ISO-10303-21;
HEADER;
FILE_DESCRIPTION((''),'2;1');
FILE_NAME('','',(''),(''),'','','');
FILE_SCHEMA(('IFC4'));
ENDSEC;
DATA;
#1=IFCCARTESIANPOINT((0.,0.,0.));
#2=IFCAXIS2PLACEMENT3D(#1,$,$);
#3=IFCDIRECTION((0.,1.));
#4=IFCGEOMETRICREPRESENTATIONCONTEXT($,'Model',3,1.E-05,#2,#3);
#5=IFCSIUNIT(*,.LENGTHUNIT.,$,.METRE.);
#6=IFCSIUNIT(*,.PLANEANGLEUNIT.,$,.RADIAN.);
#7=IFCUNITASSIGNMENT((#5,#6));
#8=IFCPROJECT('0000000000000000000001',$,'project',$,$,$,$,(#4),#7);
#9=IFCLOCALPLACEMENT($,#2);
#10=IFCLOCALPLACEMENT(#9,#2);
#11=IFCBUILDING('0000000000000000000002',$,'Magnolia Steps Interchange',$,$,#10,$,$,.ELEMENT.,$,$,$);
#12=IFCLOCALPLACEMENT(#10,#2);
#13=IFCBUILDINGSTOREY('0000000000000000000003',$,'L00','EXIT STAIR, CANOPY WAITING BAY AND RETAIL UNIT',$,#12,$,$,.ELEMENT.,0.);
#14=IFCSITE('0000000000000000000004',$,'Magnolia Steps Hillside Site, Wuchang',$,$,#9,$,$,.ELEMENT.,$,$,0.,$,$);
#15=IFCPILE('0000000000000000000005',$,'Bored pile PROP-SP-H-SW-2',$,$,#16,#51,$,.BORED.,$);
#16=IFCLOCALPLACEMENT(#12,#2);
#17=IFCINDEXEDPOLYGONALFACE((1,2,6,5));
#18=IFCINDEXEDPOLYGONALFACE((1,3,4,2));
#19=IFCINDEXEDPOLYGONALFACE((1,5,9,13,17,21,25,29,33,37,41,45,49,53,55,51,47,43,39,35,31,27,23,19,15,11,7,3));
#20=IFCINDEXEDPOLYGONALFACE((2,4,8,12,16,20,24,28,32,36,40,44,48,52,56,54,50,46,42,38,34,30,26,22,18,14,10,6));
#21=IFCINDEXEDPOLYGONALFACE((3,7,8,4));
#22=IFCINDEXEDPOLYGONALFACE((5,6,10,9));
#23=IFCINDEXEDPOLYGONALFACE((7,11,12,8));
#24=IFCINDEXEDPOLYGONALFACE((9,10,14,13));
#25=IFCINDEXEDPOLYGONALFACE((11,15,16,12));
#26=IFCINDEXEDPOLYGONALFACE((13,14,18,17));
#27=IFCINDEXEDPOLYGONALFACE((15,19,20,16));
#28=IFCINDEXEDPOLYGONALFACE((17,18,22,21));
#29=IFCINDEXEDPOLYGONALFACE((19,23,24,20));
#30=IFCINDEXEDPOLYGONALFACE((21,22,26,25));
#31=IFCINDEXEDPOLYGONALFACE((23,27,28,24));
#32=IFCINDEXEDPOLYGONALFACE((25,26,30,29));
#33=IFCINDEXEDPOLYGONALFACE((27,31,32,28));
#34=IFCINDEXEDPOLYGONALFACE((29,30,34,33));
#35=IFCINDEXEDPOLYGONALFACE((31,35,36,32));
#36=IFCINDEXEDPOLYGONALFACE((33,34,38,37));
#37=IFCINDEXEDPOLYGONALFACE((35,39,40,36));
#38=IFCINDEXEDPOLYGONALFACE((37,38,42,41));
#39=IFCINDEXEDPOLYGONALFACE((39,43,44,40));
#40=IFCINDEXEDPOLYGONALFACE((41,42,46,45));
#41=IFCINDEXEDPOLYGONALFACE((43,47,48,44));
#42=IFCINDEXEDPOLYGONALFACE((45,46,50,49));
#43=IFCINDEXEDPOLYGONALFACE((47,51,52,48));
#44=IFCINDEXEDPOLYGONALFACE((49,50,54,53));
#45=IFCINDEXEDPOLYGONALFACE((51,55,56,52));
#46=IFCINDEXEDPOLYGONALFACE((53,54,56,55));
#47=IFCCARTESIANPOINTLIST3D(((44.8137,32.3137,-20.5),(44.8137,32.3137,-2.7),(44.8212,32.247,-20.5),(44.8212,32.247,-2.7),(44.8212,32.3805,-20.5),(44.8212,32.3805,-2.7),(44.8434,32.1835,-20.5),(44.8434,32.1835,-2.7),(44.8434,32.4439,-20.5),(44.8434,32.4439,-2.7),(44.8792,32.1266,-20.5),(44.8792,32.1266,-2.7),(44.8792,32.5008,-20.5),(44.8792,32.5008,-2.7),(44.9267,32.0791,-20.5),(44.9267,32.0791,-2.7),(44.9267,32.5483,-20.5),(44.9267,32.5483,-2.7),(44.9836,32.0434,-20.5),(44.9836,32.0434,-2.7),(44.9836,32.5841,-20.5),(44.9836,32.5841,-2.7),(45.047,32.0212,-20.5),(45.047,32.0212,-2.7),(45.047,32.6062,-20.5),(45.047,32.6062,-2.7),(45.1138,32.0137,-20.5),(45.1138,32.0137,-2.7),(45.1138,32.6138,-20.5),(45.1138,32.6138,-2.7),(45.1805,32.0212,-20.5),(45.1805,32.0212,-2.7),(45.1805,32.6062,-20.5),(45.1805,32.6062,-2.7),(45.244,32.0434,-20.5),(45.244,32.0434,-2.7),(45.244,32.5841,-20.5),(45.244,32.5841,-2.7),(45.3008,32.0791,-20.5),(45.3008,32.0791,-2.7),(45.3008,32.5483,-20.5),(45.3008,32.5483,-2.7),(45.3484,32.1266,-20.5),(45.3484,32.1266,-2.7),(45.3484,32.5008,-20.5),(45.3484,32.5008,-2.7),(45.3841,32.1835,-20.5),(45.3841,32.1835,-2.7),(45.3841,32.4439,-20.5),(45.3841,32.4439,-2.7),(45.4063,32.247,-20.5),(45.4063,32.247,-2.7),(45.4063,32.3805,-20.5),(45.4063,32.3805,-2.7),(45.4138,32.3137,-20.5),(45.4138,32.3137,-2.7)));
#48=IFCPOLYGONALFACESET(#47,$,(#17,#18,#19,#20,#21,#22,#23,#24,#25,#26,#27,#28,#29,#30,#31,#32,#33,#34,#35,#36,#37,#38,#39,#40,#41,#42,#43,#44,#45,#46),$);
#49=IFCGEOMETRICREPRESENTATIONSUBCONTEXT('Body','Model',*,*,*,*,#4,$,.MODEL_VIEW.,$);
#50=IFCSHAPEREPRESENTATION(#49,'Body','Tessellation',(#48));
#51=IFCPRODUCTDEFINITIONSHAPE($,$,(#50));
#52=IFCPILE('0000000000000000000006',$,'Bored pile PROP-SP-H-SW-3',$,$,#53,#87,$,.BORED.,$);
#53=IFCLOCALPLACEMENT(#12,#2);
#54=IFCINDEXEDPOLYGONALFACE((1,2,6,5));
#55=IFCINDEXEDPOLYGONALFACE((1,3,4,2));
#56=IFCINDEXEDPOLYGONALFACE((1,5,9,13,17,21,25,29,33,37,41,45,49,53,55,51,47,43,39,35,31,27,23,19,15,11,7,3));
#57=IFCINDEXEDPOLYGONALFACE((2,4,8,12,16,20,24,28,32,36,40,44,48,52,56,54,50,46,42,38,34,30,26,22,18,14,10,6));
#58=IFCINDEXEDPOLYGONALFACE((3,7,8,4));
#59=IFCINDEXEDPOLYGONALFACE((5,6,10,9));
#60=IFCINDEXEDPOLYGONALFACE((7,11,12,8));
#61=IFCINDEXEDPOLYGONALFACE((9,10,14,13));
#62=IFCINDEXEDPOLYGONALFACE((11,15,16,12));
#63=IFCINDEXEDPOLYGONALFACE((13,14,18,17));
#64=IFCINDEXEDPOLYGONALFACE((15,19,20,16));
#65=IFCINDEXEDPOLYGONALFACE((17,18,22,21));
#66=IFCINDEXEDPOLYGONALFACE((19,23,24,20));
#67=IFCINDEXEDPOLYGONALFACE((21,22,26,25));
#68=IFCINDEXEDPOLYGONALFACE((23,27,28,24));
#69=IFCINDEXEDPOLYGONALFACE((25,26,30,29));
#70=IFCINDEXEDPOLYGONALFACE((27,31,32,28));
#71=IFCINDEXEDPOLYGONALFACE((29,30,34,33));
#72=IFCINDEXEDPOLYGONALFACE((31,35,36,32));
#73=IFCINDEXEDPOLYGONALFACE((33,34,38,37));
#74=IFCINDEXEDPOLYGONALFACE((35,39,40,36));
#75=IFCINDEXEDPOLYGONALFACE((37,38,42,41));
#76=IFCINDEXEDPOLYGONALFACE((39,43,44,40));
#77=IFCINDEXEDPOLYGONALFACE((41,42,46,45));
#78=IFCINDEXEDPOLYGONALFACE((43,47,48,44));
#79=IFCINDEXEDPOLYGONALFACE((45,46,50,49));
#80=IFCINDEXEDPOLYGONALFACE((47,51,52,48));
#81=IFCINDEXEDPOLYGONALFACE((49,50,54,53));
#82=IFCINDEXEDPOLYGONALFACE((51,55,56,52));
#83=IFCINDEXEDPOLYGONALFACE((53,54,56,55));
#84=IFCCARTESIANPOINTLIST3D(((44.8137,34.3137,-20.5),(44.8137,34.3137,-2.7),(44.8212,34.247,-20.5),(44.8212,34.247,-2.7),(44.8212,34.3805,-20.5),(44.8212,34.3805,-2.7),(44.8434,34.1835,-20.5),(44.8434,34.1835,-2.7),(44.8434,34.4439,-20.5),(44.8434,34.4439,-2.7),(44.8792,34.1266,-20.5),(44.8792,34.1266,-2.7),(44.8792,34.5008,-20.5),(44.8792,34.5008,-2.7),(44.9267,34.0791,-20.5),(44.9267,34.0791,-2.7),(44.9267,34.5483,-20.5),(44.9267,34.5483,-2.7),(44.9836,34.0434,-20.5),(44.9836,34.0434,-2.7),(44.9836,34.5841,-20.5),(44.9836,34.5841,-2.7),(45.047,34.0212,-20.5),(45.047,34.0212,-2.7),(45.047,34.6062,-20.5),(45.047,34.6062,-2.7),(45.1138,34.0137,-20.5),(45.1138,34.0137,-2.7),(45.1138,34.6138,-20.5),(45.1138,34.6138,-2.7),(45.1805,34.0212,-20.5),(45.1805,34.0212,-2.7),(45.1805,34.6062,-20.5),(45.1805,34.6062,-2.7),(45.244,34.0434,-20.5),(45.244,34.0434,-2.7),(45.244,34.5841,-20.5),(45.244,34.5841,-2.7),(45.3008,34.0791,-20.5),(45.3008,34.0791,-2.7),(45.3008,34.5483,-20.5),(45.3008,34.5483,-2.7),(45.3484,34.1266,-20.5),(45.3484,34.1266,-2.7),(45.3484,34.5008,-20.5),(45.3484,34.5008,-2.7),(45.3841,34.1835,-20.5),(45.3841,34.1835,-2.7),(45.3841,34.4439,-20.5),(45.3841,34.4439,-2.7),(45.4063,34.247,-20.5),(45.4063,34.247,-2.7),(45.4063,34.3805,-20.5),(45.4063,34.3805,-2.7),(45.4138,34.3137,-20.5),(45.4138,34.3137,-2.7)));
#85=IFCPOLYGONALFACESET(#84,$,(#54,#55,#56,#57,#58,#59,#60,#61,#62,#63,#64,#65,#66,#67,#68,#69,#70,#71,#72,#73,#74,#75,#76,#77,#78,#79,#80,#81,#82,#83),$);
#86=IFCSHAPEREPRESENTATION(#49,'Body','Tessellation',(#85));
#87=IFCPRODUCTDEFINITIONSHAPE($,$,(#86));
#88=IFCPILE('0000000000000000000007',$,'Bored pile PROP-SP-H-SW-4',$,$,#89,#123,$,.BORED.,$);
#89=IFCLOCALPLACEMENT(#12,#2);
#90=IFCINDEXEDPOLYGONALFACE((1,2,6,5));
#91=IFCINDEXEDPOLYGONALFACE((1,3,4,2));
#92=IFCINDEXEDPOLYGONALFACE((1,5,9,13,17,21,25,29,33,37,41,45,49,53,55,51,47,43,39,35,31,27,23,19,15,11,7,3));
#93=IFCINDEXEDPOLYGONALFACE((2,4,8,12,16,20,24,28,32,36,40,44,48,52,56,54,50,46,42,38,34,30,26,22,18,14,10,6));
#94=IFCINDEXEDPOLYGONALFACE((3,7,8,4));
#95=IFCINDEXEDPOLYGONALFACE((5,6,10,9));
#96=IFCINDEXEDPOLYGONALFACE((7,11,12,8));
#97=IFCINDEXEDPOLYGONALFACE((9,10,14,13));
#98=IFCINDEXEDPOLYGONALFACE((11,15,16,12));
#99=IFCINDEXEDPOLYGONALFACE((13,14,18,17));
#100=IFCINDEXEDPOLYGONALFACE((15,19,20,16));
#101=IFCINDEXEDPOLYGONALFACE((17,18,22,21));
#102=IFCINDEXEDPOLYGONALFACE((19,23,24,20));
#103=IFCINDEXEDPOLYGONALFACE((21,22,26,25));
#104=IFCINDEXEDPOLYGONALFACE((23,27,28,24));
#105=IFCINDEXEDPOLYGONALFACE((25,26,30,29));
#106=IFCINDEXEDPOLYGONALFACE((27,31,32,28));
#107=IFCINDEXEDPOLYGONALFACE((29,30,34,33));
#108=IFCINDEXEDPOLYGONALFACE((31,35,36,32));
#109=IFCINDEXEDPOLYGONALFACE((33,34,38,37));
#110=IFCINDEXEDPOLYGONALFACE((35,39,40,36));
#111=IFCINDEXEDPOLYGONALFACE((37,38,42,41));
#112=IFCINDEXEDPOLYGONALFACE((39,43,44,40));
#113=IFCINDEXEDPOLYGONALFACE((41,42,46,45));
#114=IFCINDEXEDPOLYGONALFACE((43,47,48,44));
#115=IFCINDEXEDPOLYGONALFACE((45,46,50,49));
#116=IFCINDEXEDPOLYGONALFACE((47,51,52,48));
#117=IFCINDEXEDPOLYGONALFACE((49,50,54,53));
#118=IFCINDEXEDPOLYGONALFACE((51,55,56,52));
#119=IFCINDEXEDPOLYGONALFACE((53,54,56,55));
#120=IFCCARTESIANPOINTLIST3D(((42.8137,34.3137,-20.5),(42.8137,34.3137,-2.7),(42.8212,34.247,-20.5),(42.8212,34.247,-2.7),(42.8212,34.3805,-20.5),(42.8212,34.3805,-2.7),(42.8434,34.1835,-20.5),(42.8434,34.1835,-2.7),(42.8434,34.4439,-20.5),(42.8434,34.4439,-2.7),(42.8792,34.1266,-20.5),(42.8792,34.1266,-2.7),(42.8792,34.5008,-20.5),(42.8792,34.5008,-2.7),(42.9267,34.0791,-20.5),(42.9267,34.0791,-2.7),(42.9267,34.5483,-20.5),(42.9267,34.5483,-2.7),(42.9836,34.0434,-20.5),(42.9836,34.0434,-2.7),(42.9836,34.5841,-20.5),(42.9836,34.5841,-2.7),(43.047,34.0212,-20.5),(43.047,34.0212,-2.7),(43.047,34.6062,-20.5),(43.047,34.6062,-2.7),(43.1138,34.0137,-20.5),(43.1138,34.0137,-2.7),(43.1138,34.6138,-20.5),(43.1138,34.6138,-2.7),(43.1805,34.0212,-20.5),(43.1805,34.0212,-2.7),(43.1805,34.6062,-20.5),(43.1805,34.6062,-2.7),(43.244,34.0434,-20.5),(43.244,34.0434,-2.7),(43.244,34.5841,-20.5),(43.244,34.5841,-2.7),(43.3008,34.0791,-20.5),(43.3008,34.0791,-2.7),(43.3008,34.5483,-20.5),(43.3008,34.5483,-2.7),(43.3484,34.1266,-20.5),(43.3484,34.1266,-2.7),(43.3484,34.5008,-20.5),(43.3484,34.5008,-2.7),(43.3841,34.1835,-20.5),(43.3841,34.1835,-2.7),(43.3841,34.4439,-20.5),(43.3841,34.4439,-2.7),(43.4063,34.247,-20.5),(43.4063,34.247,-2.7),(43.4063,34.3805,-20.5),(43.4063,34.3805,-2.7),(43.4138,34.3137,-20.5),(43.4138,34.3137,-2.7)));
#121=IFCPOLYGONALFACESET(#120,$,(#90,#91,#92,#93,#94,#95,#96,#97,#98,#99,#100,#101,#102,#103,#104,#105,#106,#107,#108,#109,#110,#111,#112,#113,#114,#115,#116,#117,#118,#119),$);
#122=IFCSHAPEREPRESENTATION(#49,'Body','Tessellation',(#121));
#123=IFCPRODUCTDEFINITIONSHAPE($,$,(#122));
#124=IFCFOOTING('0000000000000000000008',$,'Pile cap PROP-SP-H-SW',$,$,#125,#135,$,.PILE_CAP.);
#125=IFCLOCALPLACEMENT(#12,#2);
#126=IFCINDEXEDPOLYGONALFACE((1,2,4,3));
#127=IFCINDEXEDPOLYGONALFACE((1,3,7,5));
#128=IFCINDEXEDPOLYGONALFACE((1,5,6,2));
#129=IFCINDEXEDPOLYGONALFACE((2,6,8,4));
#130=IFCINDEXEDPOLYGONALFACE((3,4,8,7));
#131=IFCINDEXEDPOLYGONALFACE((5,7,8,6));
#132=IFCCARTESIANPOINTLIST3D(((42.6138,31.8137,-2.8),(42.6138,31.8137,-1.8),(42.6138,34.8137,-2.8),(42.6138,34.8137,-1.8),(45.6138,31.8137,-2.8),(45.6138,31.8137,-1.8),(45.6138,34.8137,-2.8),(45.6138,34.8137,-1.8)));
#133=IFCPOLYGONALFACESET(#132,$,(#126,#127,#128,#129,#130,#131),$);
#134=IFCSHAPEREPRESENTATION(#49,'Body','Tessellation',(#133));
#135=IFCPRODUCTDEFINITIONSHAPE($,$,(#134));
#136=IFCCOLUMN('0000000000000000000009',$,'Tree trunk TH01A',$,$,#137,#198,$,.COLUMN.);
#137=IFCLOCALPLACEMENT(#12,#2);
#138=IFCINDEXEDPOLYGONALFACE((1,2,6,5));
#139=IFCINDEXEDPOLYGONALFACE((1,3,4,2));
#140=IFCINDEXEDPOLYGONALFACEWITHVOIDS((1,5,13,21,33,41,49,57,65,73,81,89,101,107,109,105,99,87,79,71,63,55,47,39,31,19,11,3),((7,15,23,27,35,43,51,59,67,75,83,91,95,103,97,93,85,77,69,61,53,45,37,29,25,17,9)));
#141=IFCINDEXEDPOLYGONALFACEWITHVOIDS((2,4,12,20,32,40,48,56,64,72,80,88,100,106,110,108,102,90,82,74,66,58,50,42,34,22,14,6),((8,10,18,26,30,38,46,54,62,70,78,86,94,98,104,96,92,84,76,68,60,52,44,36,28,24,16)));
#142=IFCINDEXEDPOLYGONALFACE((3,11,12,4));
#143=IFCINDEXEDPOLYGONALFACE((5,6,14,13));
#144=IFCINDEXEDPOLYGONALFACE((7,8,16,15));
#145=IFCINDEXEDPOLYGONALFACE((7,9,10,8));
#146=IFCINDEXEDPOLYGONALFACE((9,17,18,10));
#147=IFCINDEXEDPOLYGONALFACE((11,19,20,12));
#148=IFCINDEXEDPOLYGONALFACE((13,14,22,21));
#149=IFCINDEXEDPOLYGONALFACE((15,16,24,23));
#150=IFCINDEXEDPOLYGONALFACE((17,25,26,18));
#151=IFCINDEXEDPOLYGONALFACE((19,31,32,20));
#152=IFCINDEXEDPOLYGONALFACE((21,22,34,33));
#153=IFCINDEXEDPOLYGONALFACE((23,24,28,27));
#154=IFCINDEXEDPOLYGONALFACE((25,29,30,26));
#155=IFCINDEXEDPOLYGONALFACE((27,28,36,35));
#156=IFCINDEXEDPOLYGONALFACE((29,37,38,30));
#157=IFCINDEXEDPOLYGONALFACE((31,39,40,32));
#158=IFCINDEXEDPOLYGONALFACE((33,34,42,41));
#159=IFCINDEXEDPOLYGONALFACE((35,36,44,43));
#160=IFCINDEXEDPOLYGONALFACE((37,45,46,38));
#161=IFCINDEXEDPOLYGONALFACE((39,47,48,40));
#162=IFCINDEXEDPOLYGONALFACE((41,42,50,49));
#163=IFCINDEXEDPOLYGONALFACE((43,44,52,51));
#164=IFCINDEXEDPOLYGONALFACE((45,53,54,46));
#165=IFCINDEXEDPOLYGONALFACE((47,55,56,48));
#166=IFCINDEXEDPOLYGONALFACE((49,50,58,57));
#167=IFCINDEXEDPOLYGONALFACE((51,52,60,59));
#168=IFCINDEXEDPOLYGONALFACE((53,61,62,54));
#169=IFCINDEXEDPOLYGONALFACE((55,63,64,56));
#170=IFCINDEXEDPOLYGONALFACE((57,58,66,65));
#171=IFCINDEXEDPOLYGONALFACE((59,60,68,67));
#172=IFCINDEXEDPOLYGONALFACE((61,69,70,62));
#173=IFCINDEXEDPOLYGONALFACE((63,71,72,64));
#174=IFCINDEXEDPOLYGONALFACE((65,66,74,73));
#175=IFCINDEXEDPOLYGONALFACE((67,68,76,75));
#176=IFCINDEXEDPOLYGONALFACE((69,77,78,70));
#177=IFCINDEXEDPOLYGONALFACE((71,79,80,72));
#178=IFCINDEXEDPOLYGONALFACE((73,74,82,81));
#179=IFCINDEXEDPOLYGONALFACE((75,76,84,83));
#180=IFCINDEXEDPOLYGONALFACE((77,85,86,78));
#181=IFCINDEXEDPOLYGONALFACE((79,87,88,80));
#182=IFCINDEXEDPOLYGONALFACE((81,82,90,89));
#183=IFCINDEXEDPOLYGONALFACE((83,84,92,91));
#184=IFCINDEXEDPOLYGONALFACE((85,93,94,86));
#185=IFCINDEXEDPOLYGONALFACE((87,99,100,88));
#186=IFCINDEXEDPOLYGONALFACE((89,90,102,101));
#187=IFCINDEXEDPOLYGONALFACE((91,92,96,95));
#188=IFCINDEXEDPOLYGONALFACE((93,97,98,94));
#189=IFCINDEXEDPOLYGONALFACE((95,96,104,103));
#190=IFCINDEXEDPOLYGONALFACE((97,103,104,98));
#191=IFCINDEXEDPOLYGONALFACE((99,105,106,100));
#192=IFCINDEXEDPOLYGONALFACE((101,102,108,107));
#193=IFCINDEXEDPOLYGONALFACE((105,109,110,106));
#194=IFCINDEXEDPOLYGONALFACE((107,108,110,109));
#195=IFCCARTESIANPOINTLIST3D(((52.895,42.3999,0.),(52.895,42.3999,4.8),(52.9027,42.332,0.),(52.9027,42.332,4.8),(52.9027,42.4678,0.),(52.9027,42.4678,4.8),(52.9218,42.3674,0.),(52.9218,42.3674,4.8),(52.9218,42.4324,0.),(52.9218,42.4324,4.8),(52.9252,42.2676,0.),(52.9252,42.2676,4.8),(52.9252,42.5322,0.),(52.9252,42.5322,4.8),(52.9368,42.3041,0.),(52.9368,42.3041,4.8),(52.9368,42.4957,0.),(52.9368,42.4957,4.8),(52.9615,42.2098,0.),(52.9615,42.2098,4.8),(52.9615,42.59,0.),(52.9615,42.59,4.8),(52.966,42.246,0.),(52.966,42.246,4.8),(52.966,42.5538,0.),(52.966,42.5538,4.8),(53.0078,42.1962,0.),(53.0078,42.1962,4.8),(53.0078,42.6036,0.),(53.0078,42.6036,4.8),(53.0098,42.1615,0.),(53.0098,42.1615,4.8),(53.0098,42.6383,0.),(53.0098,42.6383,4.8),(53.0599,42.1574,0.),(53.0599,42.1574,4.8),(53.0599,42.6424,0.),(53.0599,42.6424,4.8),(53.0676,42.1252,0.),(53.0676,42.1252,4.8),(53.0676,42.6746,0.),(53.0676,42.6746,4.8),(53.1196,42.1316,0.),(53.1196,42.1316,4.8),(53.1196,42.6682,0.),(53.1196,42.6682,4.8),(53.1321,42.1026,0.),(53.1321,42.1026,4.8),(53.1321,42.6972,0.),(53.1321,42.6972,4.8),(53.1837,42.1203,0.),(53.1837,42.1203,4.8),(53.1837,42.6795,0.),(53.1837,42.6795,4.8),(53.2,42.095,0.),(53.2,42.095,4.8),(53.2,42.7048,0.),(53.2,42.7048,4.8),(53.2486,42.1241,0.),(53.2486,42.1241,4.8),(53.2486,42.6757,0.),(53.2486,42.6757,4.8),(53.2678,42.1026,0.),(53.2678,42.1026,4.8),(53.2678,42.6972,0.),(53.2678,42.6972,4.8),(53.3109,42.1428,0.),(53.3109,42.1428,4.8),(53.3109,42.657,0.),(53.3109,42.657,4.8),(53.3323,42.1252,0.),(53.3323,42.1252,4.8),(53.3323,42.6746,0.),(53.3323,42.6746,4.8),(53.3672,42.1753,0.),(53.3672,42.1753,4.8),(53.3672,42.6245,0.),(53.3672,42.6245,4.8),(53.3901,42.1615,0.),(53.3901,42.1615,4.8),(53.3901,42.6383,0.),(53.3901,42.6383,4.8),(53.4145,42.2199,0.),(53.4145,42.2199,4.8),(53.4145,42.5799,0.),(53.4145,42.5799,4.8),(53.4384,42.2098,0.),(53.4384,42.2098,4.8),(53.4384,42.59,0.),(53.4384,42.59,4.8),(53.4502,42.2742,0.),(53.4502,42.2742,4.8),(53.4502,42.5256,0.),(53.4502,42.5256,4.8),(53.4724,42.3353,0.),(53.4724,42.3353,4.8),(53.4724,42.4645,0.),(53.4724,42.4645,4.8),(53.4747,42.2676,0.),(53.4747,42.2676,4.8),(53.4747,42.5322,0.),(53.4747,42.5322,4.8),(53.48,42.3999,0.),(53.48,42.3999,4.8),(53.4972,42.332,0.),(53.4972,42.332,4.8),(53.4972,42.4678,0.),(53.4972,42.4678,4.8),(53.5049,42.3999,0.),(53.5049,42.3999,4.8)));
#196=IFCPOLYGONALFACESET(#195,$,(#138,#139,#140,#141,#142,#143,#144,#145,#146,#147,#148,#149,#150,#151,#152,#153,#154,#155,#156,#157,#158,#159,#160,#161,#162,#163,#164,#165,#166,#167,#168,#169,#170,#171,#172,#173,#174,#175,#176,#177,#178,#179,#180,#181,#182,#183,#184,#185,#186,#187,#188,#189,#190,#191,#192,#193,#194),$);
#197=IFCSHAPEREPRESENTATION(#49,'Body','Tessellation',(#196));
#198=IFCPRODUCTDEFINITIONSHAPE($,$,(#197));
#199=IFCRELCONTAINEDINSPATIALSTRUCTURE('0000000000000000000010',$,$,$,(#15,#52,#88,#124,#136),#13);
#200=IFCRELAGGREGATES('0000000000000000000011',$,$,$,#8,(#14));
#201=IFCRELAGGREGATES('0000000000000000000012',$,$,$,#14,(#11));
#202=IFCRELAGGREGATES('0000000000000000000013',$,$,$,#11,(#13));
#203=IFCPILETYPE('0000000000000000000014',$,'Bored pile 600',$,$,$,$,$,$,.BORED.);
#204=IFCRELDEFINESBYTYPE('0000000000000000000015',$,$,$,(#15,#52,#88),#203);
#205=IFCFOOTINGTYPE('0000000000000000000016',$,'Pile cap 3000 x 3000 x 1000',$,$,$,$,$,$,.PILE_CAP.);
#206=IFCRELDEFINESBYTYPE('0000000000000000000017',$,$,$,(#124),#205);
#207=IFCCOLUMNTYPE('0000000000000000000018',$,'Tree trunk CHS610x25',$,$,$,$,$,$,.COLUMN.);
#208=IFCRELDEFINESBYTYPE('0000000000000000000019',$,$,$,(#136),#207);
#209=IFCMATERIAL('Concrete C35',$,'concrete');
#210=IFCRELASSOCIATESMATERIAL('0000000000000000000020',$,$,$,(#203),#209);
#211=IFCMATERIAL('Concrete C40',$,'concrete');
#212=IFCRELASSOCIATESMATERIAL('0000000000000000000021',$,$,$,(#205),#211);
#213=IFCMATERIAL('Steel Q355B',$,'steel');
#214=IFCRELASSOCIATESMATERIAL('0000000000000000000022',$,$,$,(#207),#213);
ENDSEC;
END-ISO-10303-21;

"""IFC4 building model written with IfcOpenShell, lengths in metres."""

from ifc_helpers import new_model, si_unit, direction, frame, origin, origin_2d, place, context, subcontext, project, spatial, rectangle, circle, hollow_circle, extrude, material, material_profile, profile_set, type_object, element, save


model = new_model("IFC4")

# Units and contexts
model_context = context("Model", 3, precision=1e-05, world=origin(), true_north=direction((0.0, 1.0)))
body_context = subcontext(model_context, "Body", "Model", "MODEL_VIEW")
ifc_project = project(units=[si_unit("LENGTHUNIT", "METRE"), si_unit("PLANEANGLEUNIT", "RADIAN")], contexts=[model_context])

# Site, building, storey
site_placement = place(None, origin())
site = spatial("IfcSite", under=ifc_project, at=site_placement, Name="Magnolia Steps Hillside Site, Wuchang", CompositionType="ELEMENT", RefElevation=0.0)
building_placement = place(site_placement, origin())
building = spatial("IfcBuilding", under=site, at=building_placement, Name="Magnolia Steps Interchange", CompositionType="ELEMENT")
storey_placement = place(building_placement, origin())
storey = spatial("IfcBuildingStorey", under=building, at=storey_placement, Name="L00", Description="EXIT STAIR, CANOPY WAITING BAY AND RETAIL UNIT", CompositionType="ELEMENT", Elevation=0.0)

# Piles
ifc_material_1 = material(Name="Concrete C35", Category="concrete")
ifc_material_profile_1 = material_profile(ifc_material_1, circle(Radius=0.3, at=origin_2d()), Name="Bored pile 600")
ifc_profile_set_1 = profile_set([ifc_material_profile_1], Name="Concrete C35")
pile_type = type_object("IfcPileType", Name="Bored pile 600", PredefinedType="BORED", material=ifc_profile_set_1)
for number, where, z_axis, x_axis, name in (
    (1, (45.1138, 32.3137, -2.7), (0.0, 0.0, -1.0), (1.0, 0.0, 0.0), "Bored pile PROP-SP-H-SW-2"),
    (2, (45.1138, 34.3137, -2.7), (0.0, 0.0, -1.0), (1.0, 0.0, 0.0), "Bored pile PROP-SP-H-SW-3"),
    (3, (43.1138, 34.3137, -2.7), (0.0, 0.0, -1.0), (1.0, 0.0, 0.0), "Bored pile PROP-SP-H-SW-4"),
):
    element("IfcPile", number, at=place(storey_placement, frame(where, z_axis=z_axis, x_axis=x_axis)), inside=storey, type_object=pile_type, Name=name, PredefinedType="BORED", context=body_context, shape_type="SweptSolid", body=[
        extrude(circle(Radius=0.3, at=origin_2d()), origin(), (0.0, 0.0, 1.0), 17.8),
    ])

# Footing
ifc_material_2 = material(Name="Concrete C40", Category="concrete")
footing_type = type_object("IfcFootingType", Name="Pile cap 3000 x 3000 x 1000", PredefinedType="PILE_CAP", material=ifc_material_2)
footing_placement = place(storey_placement, frame((44.1138, 33.3137, -2.8), z_axis=(0.0, 0.0, 1.0), x_axis=(1.0, 0.0, 0.0)))
element("IfcFooting", 4, at=footing_placement, inside=storey, type_object=footing_type, Name="Pile cap PROP-SP-H-SW", PredefinedType="PILE_CAP", context=body_context, shape_type="SweptSolid", body=[
    extrude(rectangle(XDim=3.0, YDim=3.0, at=origin_2d()), origin(), (0.0, 0.0, 1.0), 1.0),
])

# Column
ifc_material_3 = material(Name="Steel Q355B", Category="steel")
ifc_material_profile_2 = material_profile(ifc_material_3, hollow_circle(Radius=0.3049, WallThickness=0.0249, at=origin_2d()), Name="CHS610x25")
ifc_profile_set_2 = profile_set([ifc_material_profile_2], Name="Steel Q355B")
column_type_1 = type_object("IfcColumnType", Name="Tree trunk CHS610x25", PredefinedType="COLUMN", material=ifc_profile_set_2)
column_1_placement = place(storey_placement, frame((53.2, 42.3999, 0.0), z_axis=(0.0, 0.0, 1.0), x_axis=(1.0, 0.0, 0.0)))
element("IfcColumn", 5, at=column_1_placement, inside=storey, type_object=column_type_1, Name="Tree trunk TH01A", PredefinedType="COLUMN", context=body_context, shape_type="SweptSolid", body=[
    extrude(hollow_circle(Radius=0.3049, WallThickness=0.0249, at=origin_2d()), origin(), (0.0, 0.0, 1.0), 4.8),
])

save(model, "model.ifc")
